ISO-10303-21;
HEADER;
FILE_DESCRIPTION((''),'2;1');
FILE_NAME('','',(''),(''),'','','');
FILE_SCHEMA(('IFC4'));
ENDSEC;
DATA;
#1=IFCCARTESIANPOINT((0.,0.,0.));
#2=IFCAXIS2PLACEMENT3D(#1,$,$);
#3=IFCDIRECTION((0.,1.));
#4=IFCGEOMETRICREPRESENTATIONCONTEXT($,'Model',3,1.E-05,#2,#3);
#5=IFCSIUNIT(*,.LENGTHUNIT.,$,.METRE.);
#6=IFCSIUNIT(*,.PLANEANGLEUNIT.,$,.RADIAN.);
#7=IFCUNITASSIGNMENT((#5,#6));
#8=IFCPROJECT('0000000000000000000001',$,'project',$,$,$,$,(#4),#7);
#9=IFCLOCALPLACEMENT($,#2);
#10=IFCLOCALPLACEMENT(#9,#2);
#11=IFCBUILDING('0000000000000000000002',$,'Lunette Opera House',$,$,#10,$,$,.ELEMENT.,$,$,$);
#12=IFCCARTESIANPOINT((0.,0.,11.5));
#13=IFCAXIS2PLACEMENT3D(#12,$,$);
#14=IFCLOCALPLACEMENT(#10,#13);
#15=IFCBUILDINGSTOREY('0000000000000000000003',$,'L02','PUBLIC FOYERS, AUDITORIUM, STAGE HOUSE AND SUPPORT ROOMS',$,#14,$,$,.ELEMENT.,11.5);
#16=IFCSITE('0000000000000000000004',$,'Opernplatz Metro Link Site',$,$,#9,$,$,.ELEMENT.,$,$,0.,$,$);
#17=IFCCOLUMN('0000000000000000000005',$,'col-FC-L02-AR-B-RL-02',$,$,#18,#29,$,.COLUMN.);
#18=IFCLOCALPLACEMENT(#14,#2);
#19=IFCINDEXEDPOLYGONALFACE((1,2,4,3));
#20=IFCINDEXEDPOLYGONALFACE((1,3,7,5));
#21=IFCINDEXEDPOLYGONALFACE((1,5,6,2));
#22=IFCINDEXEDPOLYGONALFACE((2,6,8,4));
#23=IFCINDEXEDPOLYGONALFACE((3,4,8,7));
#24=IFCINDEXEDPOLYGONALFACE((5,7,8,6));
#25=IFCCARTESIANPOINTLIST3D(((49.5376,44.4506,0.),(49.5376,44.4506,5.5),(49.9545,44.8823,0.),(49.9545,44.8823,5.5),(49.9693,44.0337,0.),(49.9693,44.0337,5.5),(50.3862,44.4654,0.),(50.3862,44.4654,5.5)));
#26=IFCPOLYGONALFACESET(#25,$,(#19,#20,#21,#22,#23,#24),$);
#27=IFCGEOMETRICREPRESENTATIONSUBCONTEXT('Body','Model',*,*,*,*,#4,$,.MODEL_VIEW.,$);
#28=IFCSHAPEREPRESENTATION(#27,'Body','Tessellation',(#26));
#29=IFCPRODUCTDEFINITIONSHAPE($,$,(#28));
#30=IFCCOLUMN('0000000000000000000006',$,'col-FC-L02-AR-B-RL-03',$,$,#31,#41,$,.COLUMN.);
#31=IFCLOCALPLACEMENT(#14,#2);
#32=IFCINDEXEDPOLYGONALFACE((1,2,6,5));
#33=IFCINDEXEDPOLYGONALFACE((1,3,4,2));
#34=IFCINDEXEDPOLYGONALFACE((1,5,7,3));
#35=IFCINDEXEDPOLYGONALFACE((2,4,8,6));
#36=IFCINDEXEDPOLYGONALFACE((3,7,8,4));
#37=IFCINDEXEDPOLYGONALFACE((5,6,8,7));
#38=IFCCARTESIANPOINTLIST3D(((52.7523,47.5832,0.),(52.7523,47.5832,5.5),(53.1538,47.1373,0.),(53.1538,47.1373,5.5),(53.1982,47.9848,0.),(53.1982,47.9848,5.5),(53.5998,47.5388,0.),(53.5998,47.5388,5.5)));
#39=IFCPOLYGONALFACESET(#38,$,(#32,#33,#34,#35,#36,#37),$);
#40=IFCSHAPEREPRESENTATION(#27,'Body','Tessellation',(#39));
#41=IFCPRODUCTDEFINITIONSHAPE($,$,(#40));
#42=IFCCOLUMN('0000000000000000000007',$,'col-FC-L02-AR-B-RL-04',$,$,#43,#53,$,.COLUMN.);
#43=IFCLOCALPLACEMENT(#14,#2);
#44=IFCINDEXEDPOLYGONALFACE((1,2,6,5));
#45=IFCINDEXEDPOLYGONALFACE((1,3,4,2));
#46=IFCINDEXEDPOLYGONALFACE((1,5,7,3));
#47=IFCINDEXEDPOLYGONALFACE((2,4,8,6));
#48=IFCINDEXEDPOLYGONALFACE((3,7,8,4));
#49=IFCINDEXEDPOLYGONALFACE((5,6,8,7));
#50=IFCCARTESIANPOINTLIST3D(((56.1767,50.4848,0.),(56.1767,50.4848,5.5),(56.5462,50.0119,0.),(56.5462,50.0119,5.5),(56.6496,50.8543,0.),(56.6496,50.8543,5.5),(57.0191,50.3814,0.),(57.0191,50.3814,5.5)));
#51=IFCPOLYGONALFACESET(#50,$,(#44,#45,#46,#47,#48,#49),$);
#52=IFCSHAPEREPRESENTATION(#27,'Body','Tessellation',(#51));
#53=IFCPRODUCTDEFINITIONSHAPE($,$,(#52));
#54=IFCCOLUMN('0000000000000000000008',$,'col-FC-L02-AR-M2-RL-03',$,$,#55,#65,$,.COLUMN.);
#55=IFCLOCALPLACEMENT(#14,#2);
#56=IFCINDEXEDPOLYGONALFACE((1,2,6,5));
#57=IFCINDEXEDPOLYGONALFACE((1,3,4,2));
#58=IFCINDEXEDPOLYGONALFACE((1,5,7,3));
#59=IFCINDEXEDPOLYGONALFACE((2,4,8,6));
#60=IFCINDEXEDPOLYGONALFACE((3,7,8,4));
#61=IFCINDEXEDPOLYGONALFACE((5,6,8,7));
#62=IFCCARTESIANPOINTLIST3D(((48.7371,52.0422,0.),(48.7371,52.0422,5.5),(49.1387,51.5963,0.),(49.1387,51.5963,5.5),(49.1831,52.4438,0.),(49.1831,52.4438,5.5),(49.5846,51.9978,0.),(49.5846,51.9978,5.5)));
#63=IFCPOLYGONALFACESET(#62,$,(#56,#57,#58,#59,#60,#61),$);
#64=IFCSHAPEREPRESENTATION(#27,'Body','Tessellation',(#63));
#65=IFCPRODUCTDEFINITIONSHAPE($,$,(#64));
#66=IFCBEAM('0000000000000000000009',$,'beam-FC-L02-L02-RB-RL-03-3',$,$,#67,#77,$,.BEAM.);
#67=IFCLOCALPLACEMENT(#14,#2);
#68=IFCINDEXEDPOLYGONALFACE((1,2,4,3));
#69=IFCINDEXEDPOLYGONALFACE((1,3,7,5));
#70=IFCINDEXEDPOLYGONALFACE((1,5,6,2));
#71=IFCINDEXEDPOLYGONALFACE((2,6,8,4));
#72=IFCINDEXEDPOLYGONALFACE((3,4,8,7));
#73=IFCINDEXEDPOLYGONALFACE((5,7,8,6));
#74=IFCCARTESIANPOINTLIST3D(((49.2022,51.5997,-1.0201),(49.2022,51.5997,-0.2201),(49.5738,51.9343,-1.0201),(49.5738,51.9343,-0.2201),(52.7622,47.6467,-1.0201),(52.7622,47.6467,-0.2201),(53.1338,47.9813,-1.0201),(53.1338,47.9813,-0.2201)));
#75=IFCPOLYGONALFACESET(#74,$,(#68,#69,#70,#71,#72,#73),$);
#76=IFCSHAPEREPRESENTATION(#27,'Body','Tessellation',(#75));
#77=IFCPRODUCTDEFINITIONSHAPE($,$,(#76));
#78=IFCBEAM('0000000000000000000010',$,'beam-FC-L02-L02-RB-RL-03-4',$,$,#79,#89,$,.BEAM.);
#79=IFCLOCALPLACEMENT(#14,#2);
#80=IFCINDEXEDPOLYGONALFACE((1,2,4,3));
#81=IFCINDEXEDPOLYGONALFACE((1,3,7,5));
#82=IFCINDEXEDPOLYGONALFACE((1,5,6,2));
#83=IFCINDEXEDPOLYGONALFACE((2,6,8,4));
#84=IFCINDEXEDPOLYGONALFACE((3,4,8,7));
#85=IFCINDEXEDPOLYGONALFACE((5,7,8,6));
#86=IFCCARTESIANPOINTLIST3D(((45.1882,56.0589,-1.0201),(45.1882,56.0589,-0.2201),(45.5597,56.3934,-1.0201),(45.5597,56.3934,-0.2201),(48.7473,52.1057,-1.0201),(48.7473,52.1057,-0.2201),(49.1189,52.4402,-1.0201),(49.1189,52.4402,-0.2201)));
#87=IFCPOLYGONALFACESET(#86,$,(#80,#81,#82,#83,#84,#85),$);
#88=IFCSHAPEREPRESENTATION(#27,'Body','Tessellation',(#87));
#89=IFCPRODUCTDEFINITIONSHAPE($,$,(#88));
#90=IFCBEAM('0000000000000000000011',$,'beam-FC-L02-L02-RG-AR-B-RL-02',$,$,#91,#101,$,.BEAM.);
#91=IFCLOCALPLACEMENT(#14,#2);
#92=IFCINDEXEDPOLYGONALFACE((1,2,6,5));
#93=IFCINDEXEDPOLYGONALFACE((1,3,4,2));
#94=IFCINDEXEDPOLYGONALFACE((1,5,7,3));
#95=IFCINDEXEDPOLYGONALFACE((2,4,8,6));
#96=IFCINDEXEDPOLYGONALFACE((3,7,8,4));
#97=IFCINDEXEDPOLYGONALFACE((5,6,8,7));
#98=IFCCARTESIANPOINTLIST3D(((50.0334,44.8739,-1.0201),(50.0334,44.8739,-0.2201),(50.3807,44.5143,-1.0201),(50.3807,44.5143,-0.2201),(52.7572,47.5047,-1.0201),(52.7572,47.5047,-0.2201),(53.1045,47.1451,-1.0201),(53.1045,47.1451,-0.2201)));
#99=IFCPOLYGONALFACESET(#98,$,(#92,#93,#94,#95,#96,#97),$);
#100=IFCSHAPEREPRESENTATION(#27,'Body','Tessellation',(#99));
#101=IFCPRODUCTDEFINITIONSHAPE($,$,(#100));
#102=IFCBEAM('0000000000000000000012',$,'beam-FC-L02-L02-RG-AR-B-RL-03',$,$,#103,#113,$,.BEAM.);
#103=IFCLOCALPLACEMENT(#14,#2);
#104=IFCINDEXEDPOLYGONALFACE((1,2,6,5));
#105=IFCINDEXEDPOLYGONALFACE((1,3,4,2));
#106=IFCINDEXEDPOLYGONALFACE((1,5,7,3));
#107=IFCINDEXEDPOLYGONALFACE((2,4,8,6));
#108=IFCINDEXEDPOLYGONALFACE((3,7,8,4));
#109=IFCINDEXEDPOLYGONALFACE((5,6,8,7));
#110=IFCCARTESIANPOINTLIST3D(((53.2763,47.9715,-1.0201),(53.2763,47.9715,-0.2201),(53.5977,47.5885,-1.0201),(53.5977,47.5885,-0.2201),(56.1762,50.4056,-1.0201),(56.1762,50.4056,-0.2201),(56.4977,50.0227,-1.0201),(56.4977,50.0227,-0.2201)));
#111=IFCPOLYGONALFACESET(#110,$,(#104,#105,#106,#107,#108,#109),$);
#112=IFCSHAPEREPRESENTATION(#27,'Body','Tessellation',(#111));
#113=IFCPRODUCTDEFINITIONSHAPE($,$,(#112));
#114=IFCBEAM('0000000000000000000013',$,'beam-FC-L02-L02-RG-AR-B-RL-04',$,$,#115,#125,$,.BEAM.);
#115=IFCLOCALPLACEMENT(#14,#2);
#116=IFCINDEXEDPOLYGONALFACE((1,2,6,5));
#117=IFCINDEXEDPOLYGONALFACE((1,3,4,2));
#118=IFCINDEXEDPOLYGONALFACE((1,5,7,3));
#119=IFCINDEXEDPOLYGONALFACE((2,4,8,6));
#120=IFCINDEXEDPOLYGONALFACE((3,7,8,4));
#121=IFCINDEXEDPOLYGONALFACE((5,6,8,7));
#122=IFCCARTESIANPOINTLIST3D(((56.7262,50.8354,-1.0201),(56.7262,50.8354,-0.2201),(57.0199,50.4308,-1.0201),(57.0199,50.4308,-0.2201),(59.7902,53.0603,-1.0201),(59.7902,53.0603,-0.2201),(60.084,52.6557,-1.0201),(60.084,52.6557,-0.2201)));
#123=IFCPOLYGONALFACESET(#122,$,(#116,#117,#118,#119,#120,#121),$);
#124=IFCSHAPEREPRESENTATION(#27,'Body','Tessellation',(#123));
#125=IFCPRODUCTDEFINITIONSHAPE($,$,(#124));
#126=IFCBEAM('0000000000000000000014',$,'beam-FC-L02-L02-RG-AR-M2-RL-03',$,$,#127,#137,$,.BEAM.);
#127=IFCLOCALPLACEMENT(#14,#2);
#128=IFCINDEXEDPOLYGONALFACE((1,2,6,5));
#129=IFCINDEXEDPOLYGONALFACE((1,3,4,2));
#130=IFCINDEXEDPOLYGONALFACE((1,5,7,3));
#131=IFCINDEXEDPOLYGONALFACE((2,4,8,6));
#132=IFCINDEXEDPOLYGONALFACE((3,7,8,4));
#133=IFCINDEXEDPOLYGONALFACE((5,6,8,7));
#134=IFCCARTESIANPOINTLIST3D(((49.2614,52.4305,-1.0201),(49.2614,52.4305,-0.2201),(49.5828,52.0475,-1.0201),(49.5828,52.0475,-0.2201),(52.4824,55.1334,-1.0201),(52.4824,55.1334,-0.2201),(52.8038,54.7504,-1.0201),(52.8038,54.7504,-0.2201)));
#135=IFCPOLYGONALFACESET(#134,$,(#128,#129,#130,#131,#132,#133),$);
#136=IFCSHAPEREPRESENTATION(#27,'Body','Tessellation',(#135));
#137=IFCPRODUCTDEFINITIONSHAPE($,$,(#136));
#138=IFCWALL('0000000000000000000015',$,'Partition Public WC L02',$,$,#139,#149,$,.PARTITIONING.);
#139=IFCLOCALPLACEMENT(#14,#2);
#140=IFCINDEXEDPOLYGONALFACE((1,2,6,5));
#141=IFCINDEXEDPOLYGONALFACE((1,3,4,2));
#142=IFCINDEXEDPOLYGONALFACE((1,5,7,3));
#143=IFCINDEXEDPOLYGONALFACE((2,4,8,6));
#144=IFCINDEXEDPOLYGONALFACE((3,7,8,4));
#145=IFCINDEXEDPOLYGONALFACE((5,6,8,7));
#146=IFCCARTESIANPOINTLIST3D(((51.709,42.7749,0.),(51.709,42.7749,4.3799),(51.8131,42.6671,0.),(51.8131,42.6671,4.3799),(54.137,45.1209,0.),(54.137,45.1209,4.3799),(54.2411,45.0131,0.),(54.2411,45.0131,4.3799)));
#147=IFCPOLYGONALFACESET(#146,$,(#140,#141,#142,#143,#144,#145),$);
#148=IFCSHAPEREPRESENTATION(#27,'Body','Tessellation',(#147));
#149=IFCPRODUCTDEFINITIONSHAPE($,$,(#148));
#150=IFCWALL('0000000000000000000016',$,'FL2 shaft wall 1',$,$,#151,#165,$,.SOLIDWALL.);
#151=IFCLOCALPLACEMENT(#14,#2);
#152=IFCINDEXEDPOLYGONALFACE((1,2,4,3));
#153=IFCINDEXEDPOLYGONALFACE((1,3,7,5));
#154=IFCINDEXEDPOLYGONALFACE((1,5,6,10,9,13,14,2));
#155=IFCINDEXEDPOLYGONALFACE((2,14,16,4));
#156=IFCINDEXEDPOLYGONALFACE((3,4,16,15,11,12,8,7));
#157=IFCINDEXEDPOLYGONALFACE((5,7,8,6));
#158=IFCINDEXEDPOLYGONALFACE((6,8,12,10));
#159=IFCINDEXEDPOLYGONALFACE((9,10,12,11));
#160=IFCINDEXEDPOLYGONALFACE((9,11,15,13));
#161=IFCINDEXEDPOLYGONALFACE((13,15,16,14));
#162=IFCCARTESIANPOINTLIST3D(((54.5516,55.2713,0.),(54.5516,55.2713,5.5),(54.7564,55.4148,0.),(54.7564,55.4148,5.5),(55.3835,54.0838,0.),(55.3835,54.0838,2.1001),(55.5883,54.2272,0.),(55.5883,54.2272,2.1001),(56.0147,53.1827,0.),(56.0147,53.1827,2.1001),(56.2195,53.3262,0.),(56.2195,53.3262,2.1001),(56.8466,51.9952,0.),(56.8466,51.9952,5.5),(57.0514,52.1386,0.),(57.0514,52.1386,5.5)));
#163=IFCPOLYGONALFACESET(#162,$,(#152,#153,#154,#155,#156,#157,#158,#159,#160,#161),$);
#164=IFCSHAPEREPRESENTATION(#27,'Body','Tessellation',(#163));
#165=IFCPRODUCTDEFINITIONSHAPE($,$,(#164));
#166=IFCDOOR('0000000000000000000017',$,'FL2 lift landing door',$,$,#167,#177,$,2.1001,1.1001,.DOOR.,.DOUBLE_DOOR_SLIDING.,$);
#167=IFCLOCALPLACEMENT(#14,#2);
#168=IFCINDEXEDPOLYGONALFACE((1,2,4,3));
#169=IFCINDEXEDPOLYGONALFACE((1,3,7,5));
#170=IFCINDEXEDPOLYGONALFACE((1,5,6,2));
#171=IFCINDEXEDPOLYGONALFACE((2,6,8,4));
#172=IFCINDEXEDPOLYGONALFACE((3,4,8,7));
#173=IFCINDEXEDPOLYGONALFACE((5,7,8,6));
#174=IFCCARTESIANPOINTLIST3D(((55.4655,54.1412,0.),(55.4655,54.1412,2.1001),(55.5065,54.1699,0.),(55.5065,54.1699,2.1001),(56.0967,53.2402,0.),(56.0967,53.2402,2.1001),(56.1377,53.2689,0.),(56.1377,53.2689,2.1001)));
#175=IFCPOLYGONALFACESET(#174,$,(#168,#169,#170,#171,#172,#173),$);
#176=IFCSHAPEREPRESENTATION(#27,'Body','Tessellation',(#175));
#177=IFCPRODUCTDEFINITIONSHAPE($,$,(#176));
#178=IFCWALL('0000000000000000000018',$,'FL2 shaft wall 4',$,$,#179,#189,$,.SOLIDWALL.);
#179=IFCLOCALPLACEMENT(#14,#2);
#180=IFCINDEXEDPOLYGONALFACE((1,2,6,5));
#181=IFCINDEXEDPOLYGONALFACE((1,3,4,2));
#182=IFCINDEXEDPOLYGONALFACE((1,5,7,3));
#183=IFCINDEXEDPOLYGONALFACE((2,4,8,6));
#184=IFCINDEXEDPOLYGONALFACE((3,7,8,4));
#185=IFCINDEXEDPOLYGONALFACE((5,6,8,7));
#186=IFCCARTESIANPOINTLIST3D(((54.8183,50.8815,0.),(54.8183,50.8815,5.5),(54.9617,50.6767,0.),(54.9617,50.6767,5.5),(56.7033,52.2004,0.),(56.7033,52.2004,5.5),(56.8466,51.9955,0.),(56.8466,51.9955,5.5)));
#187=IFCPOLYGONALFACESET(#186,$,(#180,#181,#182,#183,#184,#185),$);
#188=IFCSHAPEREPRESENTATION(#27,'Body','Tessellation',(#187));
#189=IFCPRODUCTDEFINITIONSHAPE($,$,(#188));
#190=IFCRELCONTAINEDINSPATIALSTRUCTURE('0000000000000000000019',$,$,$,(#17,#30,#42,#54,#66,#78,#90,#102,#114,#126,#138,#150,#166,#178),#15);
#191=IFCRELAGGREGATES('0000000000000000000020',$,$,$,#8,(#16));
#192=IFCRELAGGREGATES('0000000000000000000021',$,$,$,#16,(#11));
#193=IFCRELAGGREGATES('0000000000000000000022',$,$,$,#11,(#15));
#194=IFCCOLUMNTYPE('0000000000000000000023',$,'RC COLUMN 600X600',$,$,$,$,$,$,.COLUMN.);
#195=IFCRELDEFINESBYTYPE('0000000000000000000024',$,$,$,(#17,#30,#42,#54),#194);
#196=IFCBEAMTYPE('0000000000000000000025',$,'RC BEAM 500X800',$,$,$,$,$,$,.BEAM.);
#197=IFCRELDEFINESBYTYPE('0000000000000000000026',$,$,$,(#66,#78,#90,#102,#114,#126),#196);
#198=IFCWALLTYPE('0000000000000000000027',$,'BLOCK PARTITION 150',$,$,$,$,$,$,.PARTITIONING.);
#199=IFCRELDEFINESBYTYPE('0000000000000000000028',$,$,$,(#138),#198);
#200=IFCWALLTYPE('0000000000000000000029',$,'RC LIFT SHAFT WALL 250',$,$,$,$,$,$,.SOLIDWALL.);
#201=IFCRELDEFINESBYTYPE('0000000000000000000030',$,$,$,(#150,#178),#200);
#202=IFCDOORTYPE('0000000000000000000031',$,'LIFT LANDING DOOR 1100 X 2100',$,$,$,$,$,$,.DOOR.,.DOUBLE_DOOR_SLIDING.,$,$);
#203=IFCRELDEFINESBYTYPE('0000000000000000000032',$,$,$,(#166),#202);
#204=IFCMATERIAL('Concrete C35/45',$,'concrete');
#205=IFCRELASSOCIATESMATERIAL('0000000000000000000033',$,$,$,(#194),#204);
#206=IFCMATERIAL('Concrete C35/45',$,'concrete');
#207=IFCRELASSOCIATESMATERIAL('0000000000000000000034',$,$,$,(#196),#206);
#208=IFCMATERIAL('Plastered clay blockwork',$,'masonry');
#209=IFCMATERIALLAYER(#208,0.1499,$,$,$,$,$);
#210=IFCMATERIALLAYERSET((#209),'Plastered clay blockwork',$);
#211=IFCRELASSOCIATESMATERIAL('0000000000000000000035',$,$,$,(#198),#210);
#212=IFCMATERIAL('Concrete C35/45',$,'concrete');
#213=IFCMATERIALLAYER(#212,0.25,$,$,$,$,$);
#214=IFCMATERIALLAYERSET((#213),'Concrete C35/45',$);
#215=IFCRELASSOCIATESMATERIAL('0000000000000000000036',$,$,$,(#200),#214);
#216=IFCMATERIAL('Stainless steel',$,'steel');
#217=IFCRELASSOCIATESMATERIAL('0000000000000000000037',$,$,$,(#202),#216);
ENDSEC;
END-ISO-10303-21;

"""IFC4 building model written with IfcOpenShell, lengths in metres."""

from ifc_helpers import new_model, si_unit, direction, frame, frame_2d, origin, origin_2d, place, context, subcontext, project, spatial, rectangle, extrude, material, layer, layer_set, material_profile, profile_set, type_object, element, fill, save


model = new_model("IFC4")

# Units and contexts
model_context = context("Model", 3, precision=1e-05, world=origin(), true_north=direction((0.0, 1.0)))
body_context = subcontext(model_context, "Body", "Model", "MODEL_VIEW")
ifc_project = project(units=[si_unit("LENGTHUNIT", "METRE"), si_unit("PLANEANGLEUNIT", "RADIAN")], contexts=[model_context])

# Site, building, storey
site_placement = place(None, origin())
site = spatial("IfcSite", under=ifc_project, at=site_placement, Name="Opernplatz Metro Link Site", CompositionType="ELEMENT", RefElevation=0.0)
building_placement = place(site_placement, origin())
building = spatial("IfcBuilding", under=site, at=building_placement, Name="Lunette Opera House", CompositionType="ELEMENT")
storey_placement = place(building_placement, frame((0.0, 0.0, 11.5)))
storey = spatial("IfcBuildingStorey", under=building, at=storey_placement, Name="L02", Description="PUBLIC FOYERS, AUDITORIUM, STAGE HOUSE AND SUPPORT ROOMS", CompositionType="ELEMENT", Elevation=11.5)

# Columns
ifc_material_1 = material(Name="Concrete C35/45", Category="concrete")
ifc_material_profile_1 = material_profile(ifc_material_1, rectangle(XDim=0.6001, YDim=0.6001, at=origin_2d()), Name="RC COLUMN 600X600")
ifc_profile_set_1 = profile_set([ifc_material_profile_1], Name="Concrete C35/45")
column_type = type_object("IfcColumnType", Name="RC COLUMN 600X600", PredefinedType="COLUMN", material=ifc_profile_set_1)
for number, where, z_axis, x_axis, name in (
    (1, (49.9619, 44.458, 0.0), (0.0, 0.0, 1.0), (0.694658, 0.71934, 0.0), "col-FC-L02-AR-B-RL-02"),
    (2, (53.176, 47.561, 0.0), (0.0, 0.0, 1.0), (0.743145, 0.669131, 0.0), "col-FC-L02-AR-B-RL-03"),
    (3, (56.5979, 50.4331, 0.0), (0.0, 0.0, 1.0), (0.788011, 0.615661, 0.0), "col-FC-L02-AR-B-RL-04"),
    (4, (49.1609, 52.02, 0.0), (0.0, 0.0, 1.0), (0.743145, 0.669131, 0.0), "col-FC-L02-AR-M2-RL-03"),
):
    element("IfcColumn", number, at=place(storey_placement, frame(where, z_axis=z_axis, x_axis=x_axis)), inside=storey, type_object=column_type, Name=name, PredefinedType="COLUMN", context=body_context, shape_type="SweptSolid", body=[
        extrude(rectangle(XDim=0.6001, YDim=0.6001, at=origin_2d()), origin(), (0.0, 0.0, 1.0), 5.5),
    ])

# Beams
ifc_material_2 = material(Name="Concrete C35/45", Category="concrete")
ifc_material_profile_2 = material_profile(ifc_material_2, rectangle(XDim=0.5, YDim=0.8, at=origin_2d()), Name="RC BEAM 500X800")
ifc_profile_set_2 = profile_set([ifc_material_profile_2], Name="Concrete C35/45")
beam_type = type_object("IfcBeamType", Name="RC BEAM 500X800", PredefinedType="BEAM", material=ifc_profile_set_2)
beam_1_placement = place(storey_placement, frame((52.948, 47.814, -0.6201), z_axis=(-0.669198, 0.743084, 0.0), x_axis=(-0.743084, -0.669198, 0.0)))
element("IfcBeam", 5, at=beam_1_placement, inside=storey, type_object=beam_type, Name="beam-FC-L02-L02-RB-RL-03-3", PredefinedType="BEAM", context=body_context, shape_type="SweptSolid", body=[
    extrude(rectangle(XDim=0.5, YDim=0.8, at=origin_2d()), origin(), (0.0, 0.0, 1.0), 5.3198),
])
beam_2_placement = place(storey_placement, frame((48.9331, 52.2729, -0.6201), z_axis=(-0.669097, 0.743175, 0.0), x_axis=(-0.743175, -0.669097, 0.0)))
element("IfcBeam", 6, at=beam_2_placement, inside=storey, type_object=beam_type, Name="beam-FC-L02-L02-RB-RL-03-4", PredefinedType="BEAM", context=body_context, shape_type="SweptSolid", body=[
    extrude(rectangle(XDim=0.5, YDim=0.8, at=origin_2d()), origin(), (0.0, 0.0, 1.0), 5.3193),
])
beam_3_placement = place(storey_placement, frame((50.207, 44.6941, -0.6201), z_axis=(0.719281, 0.694719, 0.0), x_axis=(-0.694719, 0.719281, 0.0)))
element("IfcBeam", 7, at=beam_3_placement, inside=storey, type_object=beam_type, Name="beam-FC-L02-L02-RG-AR-B-RL-02", PredefinedType="BEAM", context=body_context, shape_type="SweptSolid", body=[
    extrude(rectangle(XDim=0.5, YDim=0.8, at=origin_2d()), origin(), (0.0, 0.0, 1.0), 3.7869),
])
beam_4_placement = place(storey_placement, frame((53.437, 47.78, -0.6201), z_axis=(0.765944, 0.642908, 0.0), x_axis=(-0.642908, 0.765944, 0.0)))
element("IfcBeam", 8, at=beam_4_placement, inside=storey, type_object=beam_type, Name="beam-FC-L02-L02-RG-AR-B-RL-03", PredefinedType="BEAM", context=body_context, shape_type="SweptSolid", body=[
    extrude(rectangle(XDim=0.5, YDim=0.8, at=origin_2d()), origin(), (0.0, 0.0, 1.0), 3.7861),
])
beam_5_placement = place(storey_placement, frame((56.873, 50.6331, -0.6201), z_axis=(0.809174, 0.58757, 0.0), x_axis=(-0.58757, 0.809174, 0.0)))
element("IfcBeam", 9, at=beam_5_placement, inside=storey, type_object=beam_type, Name="beam-FC-L02-L02-RG-AR-B-RL-04", PredefinedType="BEAM", context=body_context, shape_type="SweptSolid", body=[
    extrude(rectangle(XDim=0.5, YDim=0.8, at=origin_2d()), origin(), (0.0, 0.0, 1.0), 3.7866),
])
beam_6_placement = place(storey_placement, frame((49.4221, 52.239, -0.6201), z_axis=(0.766023, 0.642813, 0.0), x_axis=(-0.642813, 0.766023, 0.0)))
element("IfcBeam", 10, at=beam_6_placement, inside=storey, type_object=beam_type, Name="beam-FC-L02-L02-RG-AR-M2-RL-03", PredefinedType="BEAM", context=body_context, shape_type="SweptSolid", body=[
    extrude(rectangle(XDim=0.5, YDim=0.8, at=origin_2d()), origin(), (0.0, 0.0, 1.0), 4.2048),
])

# Wall
ifc_material_3 = material(Name="Plastered clay blockwork", Category="masonry")
ifc_layer_1 = layer(ifc_material_3, 0.1499)
ifc_layer_set_1 = layer_set([ifc_layer_1], Name="Plastered clay blockwork")
wall_type_1 = type_object("IfcWallType", Name="BLOCK PARTITION 150", PredefinedType="PARTITIONING", material=ifc_layer_set_1)
wall_1_placement = place(storey_placement, frame((54.189, 45.0669, 0.0), z_axis=(0.0, 0.0, 1.0), x_axis=(-0.719151, -0.694854, 0.0)))
element("IfcWall", 11, at=wall_1_placement, inside=storey, type_object=wall_type_1, Name="Partition Public WC L02", PredefinedType="PARTITIONING", context=body_context, shape_type="SweptSolid", body=[
    extrude(rectangle(XDim=3.3762, YDim=0.1499, at=frame_2d((1.688, 0.0))), origin(), (0.0, 0.0, 1.0), 4.3799),
])

# Wall, opening, door
ifc_material_4 = material(Name="Concrete C35/45", Category="concrete")
ifc_layer_2 = layer(ifc_material_4, 0.25)
ifc_layer_set_2 = layer_set([ifc_layer_2], Name="Concrete C35/45")
wall_type_2 = type_object("IfcWallType", Name="RC LIFT SHAFT WALL 250", PredefinedType="SOLIDWALL", material=ifc_layer_set_2)
wall_2_placement = place(storey_placement, frame((56.949, 52.0669, 0.0), z_axis=(0.0, 0.0, 1.0), x_axis=(-0.573737, 0.81904, 0.0)))
wall_2 = element("IfcWall", 12, at=wall_2_placement, inside=storey, type_object=wall_type_2, Name="FL2 shaft wall 1", PredefinedType="SOLIDWALL", context=body_context, shape_type="SweptSolid", body=[
    extrude(rectangle(XDim=4.0, YDim=0.25, at=frame_2d((2.0, 0.0))), origin(), (0.0, 0.0, 1.0), 5.5),
])
opening_1_placement = place(wall_2_placement, frame((1.45, 0.0, 0.0)))
opening_1 = element("IfcOpeningElement", 13, at=opening_1_placement, cuts=wall_2, PredefinedType="OPENING", context=body_context, shape_type="SweptSolid", body=[
    extrude(rectangle(XDim=1.1001, YDim=2.1001, at=frame_2d((0.55, 1.05))), frame((0.0, 0.137, 0.0), z_axis=(0.0, -1.0, 0.0), x_axis=(1.0, 0.0, 0.0)), (0.0, 0.0, 1.0), 0.2739),
])
ifc_material_5 = material(Name="Stainless steel", Category="steel")
door_type_1 = type_object("IfcDoorType", Name="LIFT LANDING DOOR 1100 X 2100", OperationType="DOUBLE_DOOR_SLIDING", PredefinedType="DOOR", material=ifc_material_5)
door_1_placement = place(opening_1_placement, origin())
door_1 = element("IfcDoor", 14, at=door_1_placement, inside=storey, type_object=door_type_1, Name="FL2 lift landing door", OperationType="DOUBLE_DOOR_SLIDING", OverallHeight=2.1001, OverallWidth=1.1001, PredefinedType="DOOR", context=body_context, shape_type="SweptSolid", body=[
    extrude(rectangle(XDim=1.1001, YDim=2.1001, at=frame_2d((0.55, 1.05))), frame((0.0, 0.0249, 0.0), z_axis=(0.0, -1.0, 0.0), x_axis=(1.0, 0.0, 0.0)), (0.0, 0.0, 1.0), 0.05),
])
fill(opening_1, door_1)

# Wall
wall_3_placement = place(storey_placement, frame((54.8899, 50.7791, 0.0), z_axis=(0.0, 0.0, 1.0), x_axis=(0.819367, 0.57327, 0.0)))
element("IfcWall", 15, at=wall_3_placement, inside=storey, type_object=wall_type_2, Name="FL2 shaft wall 4", PredefinedType="SOLIDWALL", context=body_context, shape_type="SweptSolid", body=[
    extrude(rectangle(XDim=2.3005, YDim=0.25, at=frame_2d((1.1504, 0.0))), origin(), (0.0, 0.0, 1.0), 5.5),
])

save(model, "model.ifc")
